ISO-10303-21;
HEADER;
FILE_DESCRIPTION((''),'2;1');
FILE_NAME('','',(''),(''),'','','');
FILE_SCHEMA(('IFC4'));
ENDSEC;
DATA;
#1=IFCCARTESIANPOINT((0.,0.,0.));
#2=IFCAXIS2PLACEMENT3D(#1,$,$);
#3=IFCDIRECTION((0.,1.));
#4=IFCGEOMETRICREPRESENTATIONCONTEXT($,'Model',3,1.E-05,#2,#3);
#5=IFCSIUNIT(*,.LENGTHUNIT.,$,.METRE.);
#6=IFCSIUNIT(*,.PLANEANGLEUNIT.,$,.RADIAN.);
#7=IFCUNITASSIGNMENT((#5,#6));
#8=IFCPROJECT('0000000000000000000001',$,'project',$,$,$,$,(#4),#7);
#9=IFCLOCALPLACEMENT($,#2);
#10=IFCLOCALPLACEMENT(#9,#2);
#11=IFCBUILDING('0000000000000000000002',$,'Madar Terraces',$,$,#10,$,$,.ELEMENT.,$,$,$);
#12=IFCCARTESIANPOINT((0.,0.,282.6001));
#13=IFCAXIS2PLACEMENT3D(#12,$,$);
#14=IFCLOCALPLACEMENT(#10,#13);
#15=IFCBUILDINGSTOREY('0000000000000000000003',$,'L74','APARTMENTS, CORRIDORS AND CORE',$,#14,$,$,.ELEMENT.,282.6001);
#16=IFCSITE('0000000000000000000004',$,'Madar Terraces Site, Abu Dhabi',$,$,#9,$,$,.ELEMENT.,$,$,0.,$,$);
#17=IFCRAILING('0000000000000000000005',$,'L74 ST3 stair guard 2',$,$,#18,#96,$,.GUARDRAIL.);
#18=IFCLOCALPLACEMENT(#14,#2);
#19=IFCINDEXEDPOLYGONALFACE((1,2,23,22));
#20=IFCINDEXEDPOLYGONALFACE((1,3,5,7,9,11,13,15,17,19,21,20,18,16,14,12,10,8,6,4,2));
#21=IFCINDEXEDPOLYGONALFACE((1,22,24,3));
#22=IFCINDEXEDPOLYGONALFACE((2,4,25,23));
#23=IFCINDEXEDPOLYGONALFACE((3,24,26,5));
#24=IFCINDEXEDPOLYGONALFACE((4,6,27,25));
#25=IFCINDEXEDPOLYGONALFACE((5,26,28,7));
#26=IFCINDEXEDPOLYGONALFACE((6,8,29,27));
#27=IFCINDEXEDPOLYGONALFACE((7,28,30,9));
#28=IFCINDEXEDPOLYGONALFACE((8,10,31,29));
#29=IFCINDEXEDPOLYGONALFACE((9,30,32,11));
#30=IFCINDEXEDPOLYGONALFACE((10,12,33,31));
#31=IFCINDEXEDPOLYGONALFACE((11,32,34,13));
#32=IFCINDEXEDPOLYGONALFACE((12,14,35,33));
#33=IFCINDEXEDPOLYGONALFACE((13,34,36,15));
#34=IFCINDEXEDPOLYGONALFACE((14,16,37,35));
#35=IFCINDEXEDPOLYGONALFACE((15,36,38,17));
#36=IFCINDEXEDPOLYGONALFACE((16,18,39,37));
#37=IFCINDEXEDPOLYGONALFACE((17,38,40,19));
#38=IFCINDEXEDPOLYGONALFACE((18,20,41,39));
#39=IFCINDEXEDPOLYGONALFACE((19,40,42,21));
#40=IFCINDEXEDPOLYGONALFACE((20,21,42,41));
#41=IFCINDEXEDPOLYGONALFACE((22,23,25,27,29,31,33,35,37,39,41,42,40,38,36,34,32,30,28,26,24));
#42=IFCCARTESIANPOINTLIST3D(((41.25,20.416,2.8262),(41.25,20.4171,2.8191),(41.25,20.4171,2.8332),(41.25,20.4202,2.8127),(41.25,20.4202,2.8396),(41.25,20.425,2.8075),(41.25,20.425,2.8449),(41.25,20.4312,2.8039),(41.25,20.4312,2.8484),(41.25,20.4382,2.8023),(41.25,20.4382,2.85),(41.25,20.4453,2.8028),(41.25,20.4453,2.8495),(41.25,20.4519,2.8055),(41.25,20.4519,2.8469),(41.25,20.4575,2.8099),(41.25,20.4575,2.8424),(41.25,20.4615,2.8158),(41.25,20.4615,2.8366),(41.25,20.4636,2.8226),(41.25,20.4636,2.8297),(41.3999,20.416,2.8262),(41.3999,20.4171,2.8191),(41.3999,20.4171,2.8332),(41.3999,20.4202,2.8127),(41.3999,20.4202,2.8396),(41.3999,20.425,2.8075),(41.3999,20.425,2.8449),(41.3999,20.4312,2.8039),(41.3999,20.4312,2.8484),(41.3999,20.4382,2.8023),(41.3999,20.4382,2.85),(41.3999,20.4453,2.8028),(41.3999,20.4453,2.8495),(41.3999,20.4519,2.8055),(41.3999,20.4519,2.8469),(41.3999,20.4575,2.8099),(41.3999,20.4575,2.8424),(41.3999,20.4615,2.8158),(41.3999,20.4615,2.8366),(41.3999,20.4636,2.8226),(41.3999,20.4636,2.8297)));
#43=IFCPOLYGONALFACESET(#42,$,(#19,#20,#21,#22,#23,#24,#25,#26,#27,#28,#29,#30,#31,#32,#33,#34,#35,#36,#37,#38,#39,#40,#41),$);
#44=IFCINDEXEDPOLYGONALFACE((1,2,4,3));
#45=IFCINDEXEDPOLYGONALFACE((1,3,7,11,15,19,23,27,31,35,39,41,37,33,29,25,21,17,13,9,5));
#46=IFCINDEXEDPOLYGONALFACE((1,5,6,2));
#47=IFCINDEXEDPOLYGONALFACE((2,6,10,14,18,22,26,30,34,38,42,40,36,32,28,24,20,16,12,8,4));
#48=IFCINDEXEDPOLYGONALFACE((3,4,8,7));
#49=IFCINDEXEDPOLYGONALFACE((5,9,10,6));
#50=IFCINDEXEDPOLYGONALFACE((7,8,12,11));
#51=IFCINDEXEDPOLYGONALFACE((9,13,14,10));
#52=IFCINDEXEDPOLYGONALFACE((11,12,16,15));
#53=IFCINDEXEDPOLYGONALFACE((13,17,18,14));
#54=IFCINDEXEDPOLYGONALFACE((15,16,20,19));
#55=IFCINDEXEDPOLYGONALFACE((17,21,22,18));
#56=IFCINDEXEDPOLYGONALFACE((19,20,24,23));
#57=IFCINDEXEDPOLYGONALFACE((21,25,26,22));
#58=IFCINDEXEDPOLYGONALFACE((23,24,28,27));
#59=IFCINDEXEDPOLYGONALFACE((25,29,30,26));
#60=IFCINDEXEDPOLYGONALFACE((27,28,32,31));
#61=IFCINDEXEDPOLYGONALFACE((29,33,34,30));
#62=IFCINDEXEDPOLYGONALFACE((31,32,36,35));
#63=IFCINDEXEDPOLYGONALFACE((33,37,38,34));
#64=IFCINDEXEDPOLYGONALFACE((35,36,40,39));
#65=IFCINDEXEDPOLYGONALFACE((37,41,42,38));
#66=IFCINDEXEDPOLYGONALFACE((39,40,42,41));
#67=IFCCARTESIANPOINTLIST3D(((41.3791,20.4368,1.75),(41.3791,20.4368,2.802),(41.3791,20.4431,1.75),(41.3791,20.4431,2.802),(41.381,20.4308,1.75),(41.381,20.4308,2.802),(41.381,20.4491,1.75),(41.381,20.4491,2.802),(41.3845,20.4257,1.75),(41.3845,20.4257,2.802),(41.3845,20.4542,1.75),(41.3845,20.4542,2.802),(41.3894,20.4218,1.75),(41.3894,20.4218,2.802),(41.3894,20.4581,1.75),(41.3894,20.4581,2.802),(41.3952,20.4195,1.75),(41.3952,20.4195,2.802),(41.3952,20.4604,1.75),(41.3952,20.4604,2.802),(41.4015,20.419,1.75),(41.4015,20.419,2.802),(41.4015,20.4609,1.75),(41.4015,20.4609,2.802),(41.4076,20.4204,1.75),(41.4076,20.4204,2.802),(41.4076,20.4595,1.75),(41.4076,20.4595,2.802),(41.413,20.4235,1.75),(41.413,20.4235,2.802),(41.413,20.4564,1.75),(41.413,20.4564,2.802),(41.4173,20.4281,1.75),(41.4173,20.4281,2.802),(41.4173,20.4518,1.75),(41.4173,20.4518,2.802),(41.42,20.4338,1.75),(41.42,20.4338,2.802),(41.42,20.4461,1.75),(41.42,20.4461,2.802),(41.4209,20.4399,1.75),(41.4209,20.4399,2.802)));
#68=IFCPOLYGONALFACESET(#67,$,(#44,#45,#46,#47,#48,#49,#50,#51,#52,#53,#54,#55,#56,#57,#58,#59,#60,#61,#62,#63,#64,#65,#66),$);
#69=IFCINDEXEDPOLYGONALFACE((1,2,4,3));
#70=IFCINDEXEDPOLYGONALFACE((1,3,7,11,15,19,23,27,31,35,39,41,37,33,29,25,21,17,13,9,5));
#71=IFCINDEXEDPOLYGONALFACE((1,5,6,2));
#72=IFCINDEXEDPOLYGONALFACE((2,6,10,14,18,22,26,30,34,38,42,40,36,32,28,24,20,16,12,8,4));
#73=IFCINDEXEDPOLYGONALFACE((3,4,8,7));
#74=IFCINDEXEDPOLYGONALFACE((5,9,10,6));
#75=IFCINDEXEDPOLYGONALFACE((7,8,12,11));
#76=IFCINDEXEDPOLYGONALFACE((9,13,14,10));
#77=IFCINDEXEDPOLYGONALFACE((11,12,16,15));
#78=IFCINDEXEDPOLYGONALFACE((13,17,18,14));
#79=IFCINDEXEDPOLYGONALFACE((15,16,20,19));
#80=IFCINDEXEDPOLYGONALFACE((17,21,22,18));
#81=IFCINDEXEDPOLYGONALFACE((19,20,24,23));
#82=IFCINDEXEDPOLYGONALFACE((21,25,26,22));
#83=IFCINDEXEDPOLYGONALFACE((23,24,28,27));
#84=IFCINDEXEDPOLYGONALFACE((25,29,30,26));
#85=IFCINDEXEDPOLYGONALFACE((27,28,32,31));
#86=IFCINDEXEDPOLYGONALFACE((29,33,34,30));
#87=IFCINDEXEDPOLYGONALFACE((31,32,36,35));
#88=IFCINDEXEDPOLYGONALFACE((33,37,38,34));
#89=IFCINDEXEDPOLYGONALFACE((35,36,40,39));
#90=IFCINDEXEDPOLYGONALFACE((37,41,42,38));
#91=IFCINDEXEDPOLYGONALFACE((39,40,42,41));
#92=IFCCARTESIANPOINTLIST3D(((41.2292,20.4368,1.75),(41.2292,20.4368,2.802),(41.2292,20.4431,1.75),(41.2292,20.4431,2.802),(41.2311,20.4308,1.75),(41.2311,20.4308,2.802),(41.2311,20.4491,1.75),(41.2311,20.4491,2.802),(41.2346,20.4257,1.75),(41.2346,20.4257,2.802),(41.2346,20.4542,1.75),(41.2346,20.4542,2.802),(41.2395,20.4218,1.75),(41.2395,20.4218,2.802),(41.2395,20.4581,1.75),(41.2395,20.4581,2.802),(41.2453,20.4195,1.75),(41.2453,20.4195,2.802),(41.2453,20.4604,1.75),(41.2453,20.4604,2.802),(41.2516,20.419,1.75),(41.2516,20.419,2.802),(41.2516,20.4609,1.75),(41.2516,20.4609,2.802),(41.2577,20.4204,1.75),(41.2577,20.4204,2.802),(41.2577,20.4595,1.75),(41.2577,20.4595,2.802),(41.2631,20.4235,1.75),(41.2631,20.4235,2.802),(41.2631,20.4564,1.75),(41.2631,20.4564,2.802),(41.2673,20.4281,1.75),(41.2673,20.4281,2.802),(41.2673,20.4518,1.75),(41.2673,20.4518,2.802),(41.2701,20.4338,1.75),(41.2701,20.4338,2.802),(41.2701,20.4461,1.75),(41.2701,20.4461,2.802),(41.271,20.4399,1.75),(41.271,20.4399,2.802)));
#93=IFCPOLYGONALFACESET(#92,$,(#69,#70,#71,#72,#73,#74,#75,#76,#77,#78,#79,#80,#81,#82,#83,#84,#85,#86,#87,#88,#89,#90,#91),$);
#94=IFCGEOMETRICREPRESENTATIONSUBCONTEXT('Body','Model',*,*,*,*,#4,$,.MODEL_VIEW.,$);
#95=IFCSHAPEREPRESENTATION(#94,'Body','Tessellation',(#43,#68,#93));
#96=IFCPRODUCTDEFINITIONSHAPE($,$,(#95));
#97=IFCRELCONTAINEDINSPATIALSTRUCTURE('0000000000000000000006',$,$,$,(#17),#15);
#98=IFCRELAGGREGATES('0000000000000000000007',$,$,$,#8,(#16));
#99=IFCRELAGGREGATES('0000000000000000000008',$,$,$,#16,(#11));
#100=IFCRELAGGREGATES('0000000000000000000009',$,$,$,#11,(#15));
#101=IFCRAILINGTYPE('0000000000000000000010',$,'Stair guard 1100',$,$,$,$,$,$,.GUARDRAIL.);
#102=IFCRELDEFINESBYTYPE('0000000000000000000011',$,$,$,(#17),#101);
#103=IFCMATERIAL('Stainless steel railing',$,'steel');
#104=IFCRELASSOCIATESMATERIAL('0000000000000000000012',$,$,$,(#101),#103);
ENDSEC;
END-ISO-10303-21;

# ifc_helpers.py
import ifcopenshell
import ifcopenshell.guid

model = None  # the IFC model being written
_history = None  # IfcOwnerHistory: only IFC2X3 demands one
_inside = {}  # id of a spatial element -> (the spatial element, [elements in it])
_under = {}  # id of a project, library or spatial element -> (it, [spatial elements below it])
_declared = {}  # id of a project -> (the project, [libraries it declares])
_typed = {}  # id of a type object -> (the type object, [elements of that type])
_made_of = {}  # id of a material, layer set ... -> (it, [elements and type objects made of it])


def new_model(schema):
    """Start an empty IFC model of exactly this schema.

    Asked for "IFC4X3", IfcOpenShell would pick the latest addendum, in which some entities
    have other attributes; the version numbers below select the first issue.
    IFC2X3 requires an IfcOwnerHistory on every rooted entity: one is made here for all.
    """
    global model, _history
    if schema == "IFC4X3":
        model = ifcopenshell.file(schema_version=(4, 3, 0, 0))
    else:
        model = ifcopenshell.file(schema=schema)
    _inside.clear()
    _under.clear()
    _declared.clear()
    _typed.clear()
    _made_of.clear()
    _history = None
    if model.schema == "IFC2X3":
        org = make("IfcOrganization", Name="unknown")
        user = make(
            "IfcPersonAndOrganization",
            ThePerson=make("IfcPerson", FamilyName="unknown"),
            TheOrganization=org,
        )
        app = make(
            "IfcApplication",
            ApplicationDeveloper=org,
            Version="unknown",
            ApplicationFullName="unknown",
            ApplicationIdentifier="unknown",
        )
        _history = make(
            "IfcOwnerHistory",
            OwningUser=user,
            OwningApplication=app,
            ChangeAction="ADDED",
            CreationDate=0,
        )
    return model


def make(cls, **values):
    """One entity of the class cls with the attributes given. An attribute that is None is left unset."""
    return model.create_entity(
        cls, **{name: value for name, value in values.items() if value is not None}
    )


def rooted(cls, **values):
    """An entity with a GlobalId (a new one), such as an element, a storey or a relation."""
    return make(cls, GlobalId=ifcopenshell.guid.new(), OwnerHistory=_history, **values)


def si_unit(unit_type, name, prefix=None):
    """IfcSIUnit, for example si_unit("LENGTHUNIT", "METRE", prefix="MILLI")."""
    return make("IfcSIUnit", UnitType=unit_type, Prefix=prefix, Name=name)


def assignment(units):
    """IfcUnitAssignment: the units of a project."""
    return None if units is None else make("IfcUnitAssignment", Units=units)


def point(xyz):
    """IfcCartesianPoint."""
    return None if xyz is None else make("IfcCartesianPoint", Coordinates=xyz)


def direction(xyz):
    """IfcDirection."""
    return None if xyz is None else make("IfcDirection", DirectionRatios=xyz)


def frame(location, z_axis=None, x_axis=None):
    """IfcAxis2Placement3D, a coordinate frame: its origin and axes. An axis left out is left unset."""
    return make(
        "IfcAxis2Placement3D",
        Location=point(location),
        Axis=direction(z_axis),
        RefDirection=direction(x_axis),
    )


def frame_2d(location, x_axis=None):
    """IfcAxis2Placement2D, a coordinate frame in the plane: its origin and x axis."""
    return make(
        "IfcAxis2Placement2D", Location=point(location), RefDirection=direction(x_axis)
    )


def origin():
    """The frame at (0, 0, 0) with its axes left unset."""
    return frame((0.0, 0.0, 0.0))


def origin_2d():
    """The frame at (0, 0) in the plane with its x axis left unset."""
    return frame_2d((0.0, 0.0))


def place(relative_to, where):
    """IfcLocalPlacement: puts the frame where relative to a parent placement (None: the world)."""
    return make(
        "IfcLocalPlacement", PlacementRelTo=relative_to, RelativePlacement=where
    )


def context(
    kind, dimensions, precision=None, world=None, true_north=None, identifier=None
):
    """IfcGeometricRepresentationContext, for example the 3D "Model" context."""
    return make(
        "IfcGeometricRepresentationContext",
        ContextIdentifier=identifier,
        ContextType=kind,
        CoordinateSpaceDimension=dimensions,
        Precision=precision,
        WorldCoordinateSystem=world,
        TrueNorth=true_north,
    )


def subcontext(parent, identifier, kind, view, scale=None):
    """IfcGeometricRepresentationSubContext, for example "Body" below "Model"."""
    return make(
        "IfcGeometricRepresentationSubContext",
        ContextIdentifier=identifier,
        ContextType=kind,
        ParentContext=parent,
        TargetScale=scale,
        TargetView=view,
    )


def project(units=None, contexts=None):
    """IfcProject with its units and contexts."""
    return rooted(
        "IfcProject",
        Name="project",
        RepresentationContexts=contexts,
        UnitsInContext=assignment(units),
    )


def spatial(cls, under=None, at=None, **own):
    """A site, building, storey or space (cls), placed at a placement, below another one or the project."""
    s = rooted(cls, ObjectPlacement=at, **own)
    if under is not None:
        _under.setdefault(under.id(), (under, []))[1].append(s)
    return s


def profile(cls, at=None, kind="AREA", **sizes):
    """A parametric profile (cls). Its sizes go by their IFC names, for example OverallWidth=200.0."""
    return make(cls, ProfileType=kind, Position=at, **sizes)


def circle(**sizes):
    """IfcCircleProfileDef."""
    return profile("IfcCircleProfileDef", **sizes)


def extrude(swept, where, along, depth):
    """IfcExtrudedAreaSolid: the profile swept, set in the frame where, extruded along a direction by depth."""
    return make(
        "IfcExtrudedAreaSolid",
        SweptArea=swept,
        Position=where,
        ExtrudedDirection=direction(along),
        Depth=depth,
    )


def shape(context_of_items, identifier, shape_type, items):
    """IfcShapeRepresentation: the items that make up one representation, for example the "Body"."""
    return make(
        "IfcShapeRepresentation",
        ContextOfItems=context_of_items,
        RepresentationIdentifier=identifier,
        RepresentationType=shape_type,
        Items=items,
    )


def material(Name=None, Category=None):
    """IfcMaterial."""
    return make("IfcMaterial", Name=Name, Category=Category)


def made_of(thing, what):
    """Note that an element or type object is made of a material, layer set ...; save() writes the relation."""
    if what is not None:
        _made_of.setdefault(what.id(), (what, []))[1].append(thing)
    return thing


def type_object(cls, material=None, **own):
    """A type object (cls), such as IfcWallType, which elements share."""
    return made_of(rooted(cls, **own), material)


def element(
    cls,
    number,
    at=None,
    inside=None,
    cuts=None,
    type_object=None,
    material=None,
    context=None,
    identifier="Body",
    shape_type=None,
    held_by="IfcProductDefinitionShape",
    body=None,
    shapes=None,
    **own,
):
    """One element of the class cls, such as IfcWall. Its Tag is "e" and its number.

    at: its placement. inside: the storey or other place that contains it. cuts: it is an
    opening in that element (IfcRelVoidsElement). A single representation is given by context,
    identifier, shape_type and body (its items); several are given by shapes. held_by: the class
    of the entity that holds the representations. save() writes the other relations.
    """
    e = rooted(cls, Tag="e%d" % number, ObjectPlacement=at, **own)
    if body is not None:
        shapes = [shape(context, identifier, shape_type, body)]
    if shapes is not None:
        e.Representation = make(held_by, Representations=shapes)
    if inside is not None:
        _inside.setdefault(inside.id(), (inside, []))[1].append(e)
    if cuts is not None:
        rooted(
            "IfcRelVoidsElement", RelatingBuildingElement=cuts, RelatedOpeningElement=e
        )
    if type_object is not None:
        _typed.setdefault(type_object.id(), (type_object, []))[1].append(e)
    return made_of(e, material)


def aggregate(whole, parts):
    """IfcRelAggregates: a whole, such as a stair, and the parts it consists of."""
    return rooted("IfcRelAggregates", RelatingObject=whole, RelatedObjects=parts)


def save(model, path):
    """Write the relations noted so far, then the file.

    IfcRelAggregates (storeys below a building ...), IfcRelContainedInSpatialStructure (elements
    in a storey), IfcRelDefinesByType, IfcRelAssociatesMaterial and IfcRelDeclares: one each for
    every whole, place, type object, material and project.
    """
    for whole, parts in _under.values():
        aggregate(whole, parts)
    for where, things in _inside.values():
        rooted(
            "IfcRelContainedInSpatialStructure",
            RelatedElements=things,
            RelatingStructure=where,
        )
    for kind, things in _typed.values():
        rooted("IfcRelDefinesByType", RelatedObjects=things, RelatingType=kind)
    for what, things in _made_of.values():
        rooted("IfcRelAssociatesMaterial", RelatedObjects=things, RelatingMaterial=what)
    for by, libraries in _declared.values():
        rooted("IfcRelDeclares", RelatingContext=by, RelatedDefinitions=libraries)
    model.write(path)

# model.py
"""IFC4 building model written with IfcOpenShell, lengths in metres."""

from ifc_helpers import new_model, si_unit, direction, frame, origin, origin_2d, place, context, subcontext, project, spatial, circle, extrude, material, type_object, element, save


model = new_model("IFC4")

# Units and contexts
model_context = context("Model", 3, precision=1e-05, world=origin(), true_north=direction((0.0, 1.0)))
body_context = subcontext(model_context, "Body", "Model", "MODEL_VIEW")
ifc_project = project(units=[si_unit("LENGTHUNIT", "METRE"), si_unit("PLANEANGLEUNIT", "RADIAN")], contexts=[model_context])

# Site, building, storey
site_placement = place(None, origin())
site = spatial("IfcSite", under=ifc_project, at=site_placement, Name="Madar Terraces Site, Abu Dhabi", CompositionType="ELEMENT", RefElevation=0.0)
building_placement = place(site_placement, origin())
building = spatial("IfcBuilding", under=site, at=building_placement, Name="Madar Terraces", CompositionType="ELEMENT")
storey_placement = place(building_placement, frame((0.0, 0.0, 282.6001)))
storey = spatial("IfcBuildingStorey", under=building, at=storey_placement, Name="L74", Description="APARTMENTS, CORRIDORS AND CORE", CompositionType="ELEMENT", Elevation=282.6001)

# Railing
ifc_material_1 = material(Name="Stainless steel railing", Category="steel")
railing_type_1 = type_object("IfcRailingType", Name="Stair guard 1100", PredefinedType="GUARDRAIL", material=ifc_material_1)
railing_1_placement = place(storey_placement, frame((41.3999, 20.4399, 1.75)))
element("IfcRailing", 1, at=railing_1_placement, inside=storey, type_object=railing_type_1, Name="L74 ST3 stair guard 2", PredefinedType="GUARDRAIL", context=body_context, shape_type="SweptSolid", body=[
    extrude(circle(Radius=0.0239, at=origin_2d()), frame((0.0, 0.0, 1.0762), z_axis=(-1.0, 0.0, 0.0), x_axis=(0.0, -1.0, 0.0)), (0.0, 0.0, 1.0), 0.1499),
    extrude(circle(Radius=0.021, at=origin_2d()), origin(), (0.0, 0.0, 1.0), 1.052),
    extrude(circle(Radius=0.021, at=origin_2d()), frame((-0.1499, 0.0, 0.0)), (0.0, 0.0, 1.0), 1.052),
])

save(model, "model.ifc")
